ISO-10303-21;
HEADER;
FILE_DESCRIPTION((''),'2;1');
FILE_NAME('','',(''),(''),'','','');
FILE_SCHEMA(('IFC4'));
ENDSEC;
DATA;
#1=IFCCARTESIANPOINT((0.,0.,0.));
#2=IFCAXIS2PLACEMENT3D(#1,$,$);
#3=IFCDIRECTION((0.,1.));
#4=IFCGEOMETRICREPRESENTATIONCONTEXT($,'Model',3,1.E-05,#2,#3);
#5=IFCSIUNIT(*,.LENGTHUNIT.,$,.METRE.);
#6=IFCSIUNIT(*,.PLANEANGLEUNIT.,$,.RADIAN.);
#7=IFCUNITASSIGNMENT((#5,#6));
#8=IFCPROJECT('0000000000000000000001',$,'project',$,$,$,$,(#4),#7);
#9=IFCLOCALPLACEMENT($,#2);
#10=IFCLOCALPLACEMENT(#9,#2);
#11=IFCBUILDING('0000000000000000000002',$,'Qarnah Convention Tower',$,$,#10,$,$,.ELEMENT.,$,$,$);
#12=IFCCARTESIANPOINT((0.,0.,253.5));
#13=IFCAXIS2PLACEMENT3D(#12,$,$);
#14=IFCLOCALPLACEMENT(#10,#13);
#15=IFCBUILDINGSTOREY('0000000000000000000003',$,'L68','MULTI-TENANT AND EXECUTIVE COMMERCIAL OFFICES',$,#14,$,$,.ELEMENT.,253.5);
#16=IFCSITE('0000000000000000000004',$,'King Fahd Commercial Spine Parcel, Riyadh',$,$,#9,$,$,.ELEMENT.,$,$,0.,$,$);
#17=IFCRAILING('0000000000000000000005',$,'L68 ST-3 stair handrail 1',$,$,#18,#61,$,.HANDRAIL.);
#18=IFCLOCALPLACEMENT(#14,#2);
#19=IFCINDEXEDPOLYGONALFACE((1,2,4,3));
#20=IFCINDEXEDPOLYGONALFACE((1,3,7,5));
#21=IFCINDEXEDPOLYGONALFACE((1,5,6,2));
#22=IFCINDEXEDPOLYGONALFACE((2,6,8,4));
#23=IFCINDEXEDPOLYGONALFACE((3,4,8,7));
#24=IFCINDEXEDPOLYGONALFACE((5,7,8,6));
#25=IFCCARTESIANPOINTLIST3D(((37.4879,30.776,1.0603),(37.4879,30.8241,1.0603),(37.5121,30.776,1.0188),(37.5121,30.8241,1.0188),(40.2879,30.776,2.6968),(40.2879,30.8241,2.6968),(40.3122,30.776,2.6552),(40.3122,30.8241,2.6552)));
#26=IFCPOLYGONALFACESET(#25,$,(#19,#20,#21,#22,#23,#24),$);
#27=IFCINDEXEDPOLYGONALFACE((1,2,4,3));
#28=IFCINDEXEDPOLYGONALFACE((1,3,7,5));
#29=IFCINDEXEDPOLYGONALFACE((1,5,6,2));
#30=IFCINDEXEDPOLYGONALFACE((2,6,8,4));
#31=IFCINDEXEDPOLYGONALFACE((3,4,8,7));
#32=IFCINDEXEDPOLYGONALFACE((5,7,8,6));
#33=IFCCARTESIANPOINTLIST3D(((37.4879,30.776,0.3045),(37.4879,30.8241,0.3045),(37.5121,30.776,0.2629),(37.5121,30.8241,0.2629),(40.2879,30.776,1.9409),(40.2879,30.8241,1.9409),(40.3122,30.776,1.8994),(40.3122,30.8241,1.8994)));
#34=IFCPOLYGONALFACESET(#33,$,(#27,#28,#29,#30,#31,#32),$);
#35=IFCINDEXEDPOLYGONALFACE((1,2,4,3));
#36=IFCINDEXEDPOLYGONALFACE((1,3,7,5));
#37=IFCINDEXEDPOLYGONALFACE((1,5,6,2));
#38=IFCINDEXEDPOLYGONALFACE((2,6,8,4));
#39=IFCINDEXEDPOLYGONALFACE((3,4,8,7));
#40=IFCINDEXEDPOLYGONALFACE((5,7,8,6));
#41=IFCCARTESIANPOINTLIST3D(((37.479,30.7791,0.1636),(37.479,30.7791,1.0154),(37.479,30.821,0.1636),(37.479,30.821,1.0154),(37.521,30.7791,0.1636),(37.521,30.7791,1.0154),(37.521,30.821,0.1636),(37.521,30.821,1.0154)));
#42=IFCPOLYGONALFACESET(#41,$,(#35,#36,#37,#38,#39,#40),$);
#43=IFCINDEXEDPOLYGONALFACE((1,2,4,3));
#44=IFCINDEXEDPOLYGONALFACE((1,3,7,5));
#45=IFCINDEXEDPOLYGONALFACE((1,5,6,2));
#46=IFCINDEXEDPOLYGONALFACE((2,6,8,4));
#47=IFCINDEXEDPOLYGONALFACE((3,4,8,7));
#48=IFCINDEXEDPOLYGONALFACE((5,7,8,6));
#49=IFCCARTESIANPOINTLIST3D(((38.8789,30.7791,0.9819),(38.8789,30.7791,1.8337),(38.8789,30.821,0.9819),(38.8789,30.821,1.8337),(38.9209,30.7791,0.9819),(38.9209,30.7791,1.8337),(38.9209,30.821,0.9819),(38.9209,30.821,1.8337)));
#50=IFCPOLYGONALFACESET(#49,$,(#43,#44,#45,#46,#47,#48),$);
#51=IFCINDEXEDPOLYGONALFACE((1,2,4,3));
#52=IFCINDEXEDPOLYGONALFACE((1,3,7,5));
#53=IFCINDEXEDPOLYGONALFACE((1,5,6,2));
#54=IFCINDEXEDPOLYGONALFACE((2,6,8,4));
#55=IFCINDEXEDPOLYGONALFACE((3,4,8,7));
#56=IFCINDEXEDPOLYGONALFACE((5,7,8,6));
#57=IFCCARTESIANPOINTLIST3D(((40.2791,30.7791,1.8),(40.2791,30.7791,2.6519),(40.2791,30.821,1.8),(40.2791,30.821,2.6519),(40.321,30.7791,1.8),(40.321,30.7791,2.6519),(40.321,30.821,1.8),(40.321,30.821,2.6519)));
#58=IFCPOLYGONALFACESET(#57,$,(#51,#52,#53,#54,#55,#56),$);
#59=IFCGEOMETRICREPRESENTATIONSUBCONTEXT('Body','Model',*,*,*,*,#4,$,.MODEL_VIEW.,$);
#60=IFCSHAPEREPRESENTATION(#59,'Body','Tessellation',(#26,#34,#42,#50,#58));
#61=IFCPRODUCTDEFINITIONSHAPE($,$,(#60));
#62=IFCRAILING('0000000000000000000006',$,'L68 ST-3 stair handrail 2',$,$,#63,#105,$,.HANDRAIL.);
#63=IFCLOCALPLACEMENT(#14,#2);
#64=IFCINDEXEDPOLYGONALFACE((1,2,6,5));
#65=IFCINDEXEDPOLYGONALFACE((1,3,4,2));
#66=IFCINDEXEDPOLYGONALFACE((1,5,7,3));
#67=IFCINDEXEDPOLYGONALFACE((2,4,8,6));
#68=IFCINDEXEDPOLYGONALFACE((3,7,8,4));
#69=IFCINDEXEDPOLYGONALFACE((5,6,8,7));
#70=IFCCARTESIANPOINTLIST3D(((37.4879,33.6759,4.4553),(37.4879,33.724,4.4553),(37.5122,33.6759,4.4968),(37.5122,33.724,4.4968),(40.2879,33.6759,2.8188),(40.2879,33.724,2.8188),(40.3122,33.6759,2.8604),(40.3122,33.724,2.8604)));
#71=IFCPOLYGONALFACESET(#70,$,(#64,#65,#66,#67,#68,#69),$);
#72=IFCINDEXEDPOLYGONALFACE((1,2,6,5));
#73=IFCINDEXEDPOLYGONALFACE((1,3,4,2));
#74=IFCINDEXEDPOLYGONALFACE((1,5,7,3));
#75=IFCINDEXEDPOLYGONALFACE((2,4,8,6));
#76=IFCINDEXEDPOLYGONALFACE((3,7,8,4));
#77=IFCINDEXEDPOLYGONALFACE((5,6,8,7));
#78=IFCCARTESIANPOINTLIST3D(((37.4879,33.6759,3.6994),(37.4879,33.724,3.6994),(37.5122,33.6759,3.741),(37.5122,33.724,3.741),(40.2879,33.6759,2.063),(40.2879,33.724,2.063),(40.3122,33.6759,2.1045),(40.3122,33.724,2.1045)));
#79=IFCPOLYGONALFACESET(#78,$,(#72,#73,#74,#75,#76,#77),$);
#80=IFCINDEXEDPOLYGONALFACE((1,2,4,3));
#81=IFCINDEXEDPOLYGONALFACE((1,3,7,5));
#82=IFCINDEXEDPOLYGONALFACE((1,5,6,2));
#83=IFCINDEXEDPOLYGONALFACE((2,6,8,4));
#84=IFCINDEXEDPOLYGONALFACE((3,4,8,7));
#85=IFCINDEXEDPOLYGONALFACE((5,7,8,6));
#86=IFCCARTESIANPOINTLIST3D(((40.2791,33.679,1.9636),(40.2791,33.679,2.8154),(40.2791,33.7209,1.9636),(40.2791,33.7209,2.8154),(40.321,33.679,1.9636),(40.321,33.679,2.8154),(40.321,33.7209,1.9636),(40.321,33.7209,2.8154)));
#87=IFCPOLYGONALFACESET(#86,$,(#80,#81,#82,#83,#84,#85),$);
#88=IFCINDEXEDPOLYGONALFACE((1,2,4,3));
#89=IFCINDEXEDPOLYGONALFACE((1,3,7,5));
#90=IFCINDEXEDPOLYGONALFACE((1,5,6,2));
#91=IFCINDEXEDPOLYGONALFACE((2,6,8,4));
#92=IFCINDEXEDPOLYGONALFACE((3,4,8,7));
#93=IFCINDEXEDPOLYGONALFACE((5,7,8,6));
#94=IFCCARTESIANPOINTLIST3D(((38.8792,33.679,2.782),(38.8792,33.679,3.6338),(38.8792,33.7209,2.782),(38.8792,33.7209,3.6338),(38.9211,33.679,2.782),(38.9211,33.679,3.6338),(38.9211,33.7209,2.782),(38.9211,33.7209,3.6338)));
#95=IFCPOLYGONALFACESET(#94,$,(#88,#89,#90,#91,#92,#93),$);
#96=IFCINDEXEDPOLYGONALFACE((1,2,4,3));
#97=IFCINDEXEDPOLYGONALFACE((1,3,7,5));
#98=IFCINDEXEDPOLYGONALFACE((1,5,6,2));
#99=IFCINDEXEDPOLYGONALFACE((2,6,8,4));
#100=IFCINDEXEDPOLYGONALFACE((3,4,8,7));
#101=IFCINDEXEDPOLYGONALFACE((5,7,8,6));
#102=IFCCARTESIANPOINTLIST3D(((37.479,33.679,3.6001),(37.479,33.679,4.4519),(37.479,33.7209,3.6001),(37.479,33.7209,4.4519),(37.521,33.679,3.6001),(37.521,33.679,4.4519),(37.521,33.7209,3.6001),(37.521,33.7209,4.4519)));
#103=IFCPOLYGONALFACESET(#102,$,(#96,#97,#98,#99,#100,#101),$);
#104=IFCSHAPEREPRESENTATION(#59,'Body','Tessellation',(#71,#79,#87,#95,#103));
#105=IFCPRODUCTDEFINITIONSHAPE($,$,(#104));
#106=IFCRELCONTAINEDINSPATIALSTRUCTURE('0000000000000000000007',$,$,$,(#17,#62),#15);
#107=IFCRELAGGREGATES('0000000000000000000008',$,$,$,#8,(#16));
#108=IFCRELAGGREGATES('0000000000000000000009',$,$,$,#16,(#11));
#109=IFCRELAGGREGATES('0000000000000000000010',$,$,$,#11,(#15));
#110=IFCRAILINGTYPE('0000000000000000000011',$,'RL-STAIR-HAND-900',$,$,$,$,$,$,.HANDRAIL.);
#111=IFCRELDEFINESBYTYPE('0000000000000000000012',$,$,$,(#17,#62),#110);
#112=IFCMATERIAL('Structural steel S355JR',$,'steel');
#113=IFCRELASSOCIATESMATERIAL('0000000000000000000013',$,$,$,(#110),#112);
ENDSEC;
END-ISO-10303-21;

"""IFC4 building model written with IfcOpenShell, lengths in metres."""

from ifc_helpers import new_model, si_unit, direction, frame, origin, origin_2d, place, context, subcontext, project, spatial, rectangle, extrude, material, type_object, element, save


model = new_model("IFC4")

# Units and contexts
model_context = context("Model", 3, precision=1e-05, world=origin(), true_north=direction((0.0, 1.0)))
body_context = subcontext(model_context, "Body", "Model", "MODEL_VIEW")
ifc_project = project(units=[si_unit("LENGTHUNIT", "METRE"), si_unit("PLANEANGLEUNIT", "RADIAN")], contexts=[model_context])

# Site, building, storey
site_placement = place(None, origin())
site = spatial("IfcSite", under=ifc_project, at=site_placement, Name="King Fahd Commercial Spine Parcel, Riyadh", CompositionType="ELEMENT", RefElevation=0.0)
building_placement = place(site_placement, origin())
building = spatial("IfcBuilding", under=site, at=building_placement, Name="Qarnah Convention Tower", CompositionType="ELEMENT")
storey_placement = place(building_placement, frame((0.0, 0.0, 253.5)))
storey = spatial("IfcBuildingStorey", under=building, at=storey_placement, Name="L68", Description="MULTI-TENANT AND EXECUTIVE COMMERCIAL OFFICES", CompositionType="ELEMENT", Elevation=253.5)

# Shared definitions
ifc_material_1 = material(Name="Structural steel S355JR", Category="steel")

# Railings
railing_type_1 = type_object("IfcRailingType", Name="RL-STAIR-HAND-900", PredefinedType="HANDRAIL", material=ifc_material_1)
railing_1_placement = place(storey_placement, frame((37.5, 30.8, 0.1636)))
element("IfcRailing", 1, at=railing_1_placement, inside=storey, type_object=railing_type_1, Name="L68 ST-3 stair handrail 1", PredefinedType="HANDRAIL", context=body_context, shape_type="SweptSolid", body=[
    extrude(rectangle(XDim=0.0481, YDim=0.0481, at=origin_2d()), frame((0.0, 0.0, 0.876), z_axis=(0.863361, 0.0, 0.504587), x_axis=(0.0, 1.0, 0.0)), (0.0, 0.0, 1.0), 3.2432),
    extrude(rectangle(XDim=0.0481, YDim=0.0481, at=origin_2d()), frame((0.0, 0.0, 0.1201), z_axis=(0.863361, 0.0, 0.504587), x_axis=(0.0, 1.0, 0.0)), (0.0, 0.0, 1.0), 3.2432),
    extrude(rectangle(XDim=0.042, YDim=0.042, at=origin_2d()), origin(), (0.0, 0.0, 1.0), 0.8518),
    extrude(rectangle(XDim=0.042, YDim=0.042, at=origin_2d()), frame((1.3999, 0.0, 0.8184)), (0.0, 0.0, 1.0), 0.8518),
    extrude(rectangle(XDim=0.042, YDim=0.042, at=origin_2d()), frame((2.8, 0.0, 1.6365)), (0.0, 0.0, 1.0), 0.8518),
])
railing_2_placement = place(storey_placement, frame((40.3, 33.7, 1.9636)))
element("IfcRailing", 2, at=railing_2_placement, inside=storey, type_object=railing_type_1, Name="L68 ST-3 stair handrail 2", PredefinedType="HANDRAIL", context=body_context, shape_type="SweptSolid", body=[
    extrude(rectangle(XDim=0.0481, YDim=0.0481, at=origin_2d()), frame((0.0, 0.0, 0.876), z_axis=(-0.863361, 0.0, 0.504587), x_axis=(0.0, -1.0, 0.0)), (0.0, 0.0, 1.0), 3.2432),
    extrude(rectangle(XDim=0.0481, YDim=0.0481, at=origin_2d()), frame((0.0, 0.0, 0.1201), z_axis=(-0.863361, 0.0, 0.504587), x_axis=(0.0, -1.0, 0.0)), (0.0, 0.0, 1.0), 3.2432),
    extrude(rectangle(XDim=0.042, YDim=0.042, at=origin_2d()), origin(), (0.0, 0.0, 1.0), 0.8518),
    extrude(rectangle(XDim=0.042, YDim=0.042, at=origin_2d()), frame((-1.3999, 0.0, 0.8184)), (0.0, 0.0, 1.0), 0.8518),
    extrude(rectangle(XDim=0.042, YDim=0.042, at=origin_2d()), frame((-2.8, 0.0, 1.6365)), (0.0, 0.0, 1.0), 0.8518),
])

save(model, "model.ifc")
